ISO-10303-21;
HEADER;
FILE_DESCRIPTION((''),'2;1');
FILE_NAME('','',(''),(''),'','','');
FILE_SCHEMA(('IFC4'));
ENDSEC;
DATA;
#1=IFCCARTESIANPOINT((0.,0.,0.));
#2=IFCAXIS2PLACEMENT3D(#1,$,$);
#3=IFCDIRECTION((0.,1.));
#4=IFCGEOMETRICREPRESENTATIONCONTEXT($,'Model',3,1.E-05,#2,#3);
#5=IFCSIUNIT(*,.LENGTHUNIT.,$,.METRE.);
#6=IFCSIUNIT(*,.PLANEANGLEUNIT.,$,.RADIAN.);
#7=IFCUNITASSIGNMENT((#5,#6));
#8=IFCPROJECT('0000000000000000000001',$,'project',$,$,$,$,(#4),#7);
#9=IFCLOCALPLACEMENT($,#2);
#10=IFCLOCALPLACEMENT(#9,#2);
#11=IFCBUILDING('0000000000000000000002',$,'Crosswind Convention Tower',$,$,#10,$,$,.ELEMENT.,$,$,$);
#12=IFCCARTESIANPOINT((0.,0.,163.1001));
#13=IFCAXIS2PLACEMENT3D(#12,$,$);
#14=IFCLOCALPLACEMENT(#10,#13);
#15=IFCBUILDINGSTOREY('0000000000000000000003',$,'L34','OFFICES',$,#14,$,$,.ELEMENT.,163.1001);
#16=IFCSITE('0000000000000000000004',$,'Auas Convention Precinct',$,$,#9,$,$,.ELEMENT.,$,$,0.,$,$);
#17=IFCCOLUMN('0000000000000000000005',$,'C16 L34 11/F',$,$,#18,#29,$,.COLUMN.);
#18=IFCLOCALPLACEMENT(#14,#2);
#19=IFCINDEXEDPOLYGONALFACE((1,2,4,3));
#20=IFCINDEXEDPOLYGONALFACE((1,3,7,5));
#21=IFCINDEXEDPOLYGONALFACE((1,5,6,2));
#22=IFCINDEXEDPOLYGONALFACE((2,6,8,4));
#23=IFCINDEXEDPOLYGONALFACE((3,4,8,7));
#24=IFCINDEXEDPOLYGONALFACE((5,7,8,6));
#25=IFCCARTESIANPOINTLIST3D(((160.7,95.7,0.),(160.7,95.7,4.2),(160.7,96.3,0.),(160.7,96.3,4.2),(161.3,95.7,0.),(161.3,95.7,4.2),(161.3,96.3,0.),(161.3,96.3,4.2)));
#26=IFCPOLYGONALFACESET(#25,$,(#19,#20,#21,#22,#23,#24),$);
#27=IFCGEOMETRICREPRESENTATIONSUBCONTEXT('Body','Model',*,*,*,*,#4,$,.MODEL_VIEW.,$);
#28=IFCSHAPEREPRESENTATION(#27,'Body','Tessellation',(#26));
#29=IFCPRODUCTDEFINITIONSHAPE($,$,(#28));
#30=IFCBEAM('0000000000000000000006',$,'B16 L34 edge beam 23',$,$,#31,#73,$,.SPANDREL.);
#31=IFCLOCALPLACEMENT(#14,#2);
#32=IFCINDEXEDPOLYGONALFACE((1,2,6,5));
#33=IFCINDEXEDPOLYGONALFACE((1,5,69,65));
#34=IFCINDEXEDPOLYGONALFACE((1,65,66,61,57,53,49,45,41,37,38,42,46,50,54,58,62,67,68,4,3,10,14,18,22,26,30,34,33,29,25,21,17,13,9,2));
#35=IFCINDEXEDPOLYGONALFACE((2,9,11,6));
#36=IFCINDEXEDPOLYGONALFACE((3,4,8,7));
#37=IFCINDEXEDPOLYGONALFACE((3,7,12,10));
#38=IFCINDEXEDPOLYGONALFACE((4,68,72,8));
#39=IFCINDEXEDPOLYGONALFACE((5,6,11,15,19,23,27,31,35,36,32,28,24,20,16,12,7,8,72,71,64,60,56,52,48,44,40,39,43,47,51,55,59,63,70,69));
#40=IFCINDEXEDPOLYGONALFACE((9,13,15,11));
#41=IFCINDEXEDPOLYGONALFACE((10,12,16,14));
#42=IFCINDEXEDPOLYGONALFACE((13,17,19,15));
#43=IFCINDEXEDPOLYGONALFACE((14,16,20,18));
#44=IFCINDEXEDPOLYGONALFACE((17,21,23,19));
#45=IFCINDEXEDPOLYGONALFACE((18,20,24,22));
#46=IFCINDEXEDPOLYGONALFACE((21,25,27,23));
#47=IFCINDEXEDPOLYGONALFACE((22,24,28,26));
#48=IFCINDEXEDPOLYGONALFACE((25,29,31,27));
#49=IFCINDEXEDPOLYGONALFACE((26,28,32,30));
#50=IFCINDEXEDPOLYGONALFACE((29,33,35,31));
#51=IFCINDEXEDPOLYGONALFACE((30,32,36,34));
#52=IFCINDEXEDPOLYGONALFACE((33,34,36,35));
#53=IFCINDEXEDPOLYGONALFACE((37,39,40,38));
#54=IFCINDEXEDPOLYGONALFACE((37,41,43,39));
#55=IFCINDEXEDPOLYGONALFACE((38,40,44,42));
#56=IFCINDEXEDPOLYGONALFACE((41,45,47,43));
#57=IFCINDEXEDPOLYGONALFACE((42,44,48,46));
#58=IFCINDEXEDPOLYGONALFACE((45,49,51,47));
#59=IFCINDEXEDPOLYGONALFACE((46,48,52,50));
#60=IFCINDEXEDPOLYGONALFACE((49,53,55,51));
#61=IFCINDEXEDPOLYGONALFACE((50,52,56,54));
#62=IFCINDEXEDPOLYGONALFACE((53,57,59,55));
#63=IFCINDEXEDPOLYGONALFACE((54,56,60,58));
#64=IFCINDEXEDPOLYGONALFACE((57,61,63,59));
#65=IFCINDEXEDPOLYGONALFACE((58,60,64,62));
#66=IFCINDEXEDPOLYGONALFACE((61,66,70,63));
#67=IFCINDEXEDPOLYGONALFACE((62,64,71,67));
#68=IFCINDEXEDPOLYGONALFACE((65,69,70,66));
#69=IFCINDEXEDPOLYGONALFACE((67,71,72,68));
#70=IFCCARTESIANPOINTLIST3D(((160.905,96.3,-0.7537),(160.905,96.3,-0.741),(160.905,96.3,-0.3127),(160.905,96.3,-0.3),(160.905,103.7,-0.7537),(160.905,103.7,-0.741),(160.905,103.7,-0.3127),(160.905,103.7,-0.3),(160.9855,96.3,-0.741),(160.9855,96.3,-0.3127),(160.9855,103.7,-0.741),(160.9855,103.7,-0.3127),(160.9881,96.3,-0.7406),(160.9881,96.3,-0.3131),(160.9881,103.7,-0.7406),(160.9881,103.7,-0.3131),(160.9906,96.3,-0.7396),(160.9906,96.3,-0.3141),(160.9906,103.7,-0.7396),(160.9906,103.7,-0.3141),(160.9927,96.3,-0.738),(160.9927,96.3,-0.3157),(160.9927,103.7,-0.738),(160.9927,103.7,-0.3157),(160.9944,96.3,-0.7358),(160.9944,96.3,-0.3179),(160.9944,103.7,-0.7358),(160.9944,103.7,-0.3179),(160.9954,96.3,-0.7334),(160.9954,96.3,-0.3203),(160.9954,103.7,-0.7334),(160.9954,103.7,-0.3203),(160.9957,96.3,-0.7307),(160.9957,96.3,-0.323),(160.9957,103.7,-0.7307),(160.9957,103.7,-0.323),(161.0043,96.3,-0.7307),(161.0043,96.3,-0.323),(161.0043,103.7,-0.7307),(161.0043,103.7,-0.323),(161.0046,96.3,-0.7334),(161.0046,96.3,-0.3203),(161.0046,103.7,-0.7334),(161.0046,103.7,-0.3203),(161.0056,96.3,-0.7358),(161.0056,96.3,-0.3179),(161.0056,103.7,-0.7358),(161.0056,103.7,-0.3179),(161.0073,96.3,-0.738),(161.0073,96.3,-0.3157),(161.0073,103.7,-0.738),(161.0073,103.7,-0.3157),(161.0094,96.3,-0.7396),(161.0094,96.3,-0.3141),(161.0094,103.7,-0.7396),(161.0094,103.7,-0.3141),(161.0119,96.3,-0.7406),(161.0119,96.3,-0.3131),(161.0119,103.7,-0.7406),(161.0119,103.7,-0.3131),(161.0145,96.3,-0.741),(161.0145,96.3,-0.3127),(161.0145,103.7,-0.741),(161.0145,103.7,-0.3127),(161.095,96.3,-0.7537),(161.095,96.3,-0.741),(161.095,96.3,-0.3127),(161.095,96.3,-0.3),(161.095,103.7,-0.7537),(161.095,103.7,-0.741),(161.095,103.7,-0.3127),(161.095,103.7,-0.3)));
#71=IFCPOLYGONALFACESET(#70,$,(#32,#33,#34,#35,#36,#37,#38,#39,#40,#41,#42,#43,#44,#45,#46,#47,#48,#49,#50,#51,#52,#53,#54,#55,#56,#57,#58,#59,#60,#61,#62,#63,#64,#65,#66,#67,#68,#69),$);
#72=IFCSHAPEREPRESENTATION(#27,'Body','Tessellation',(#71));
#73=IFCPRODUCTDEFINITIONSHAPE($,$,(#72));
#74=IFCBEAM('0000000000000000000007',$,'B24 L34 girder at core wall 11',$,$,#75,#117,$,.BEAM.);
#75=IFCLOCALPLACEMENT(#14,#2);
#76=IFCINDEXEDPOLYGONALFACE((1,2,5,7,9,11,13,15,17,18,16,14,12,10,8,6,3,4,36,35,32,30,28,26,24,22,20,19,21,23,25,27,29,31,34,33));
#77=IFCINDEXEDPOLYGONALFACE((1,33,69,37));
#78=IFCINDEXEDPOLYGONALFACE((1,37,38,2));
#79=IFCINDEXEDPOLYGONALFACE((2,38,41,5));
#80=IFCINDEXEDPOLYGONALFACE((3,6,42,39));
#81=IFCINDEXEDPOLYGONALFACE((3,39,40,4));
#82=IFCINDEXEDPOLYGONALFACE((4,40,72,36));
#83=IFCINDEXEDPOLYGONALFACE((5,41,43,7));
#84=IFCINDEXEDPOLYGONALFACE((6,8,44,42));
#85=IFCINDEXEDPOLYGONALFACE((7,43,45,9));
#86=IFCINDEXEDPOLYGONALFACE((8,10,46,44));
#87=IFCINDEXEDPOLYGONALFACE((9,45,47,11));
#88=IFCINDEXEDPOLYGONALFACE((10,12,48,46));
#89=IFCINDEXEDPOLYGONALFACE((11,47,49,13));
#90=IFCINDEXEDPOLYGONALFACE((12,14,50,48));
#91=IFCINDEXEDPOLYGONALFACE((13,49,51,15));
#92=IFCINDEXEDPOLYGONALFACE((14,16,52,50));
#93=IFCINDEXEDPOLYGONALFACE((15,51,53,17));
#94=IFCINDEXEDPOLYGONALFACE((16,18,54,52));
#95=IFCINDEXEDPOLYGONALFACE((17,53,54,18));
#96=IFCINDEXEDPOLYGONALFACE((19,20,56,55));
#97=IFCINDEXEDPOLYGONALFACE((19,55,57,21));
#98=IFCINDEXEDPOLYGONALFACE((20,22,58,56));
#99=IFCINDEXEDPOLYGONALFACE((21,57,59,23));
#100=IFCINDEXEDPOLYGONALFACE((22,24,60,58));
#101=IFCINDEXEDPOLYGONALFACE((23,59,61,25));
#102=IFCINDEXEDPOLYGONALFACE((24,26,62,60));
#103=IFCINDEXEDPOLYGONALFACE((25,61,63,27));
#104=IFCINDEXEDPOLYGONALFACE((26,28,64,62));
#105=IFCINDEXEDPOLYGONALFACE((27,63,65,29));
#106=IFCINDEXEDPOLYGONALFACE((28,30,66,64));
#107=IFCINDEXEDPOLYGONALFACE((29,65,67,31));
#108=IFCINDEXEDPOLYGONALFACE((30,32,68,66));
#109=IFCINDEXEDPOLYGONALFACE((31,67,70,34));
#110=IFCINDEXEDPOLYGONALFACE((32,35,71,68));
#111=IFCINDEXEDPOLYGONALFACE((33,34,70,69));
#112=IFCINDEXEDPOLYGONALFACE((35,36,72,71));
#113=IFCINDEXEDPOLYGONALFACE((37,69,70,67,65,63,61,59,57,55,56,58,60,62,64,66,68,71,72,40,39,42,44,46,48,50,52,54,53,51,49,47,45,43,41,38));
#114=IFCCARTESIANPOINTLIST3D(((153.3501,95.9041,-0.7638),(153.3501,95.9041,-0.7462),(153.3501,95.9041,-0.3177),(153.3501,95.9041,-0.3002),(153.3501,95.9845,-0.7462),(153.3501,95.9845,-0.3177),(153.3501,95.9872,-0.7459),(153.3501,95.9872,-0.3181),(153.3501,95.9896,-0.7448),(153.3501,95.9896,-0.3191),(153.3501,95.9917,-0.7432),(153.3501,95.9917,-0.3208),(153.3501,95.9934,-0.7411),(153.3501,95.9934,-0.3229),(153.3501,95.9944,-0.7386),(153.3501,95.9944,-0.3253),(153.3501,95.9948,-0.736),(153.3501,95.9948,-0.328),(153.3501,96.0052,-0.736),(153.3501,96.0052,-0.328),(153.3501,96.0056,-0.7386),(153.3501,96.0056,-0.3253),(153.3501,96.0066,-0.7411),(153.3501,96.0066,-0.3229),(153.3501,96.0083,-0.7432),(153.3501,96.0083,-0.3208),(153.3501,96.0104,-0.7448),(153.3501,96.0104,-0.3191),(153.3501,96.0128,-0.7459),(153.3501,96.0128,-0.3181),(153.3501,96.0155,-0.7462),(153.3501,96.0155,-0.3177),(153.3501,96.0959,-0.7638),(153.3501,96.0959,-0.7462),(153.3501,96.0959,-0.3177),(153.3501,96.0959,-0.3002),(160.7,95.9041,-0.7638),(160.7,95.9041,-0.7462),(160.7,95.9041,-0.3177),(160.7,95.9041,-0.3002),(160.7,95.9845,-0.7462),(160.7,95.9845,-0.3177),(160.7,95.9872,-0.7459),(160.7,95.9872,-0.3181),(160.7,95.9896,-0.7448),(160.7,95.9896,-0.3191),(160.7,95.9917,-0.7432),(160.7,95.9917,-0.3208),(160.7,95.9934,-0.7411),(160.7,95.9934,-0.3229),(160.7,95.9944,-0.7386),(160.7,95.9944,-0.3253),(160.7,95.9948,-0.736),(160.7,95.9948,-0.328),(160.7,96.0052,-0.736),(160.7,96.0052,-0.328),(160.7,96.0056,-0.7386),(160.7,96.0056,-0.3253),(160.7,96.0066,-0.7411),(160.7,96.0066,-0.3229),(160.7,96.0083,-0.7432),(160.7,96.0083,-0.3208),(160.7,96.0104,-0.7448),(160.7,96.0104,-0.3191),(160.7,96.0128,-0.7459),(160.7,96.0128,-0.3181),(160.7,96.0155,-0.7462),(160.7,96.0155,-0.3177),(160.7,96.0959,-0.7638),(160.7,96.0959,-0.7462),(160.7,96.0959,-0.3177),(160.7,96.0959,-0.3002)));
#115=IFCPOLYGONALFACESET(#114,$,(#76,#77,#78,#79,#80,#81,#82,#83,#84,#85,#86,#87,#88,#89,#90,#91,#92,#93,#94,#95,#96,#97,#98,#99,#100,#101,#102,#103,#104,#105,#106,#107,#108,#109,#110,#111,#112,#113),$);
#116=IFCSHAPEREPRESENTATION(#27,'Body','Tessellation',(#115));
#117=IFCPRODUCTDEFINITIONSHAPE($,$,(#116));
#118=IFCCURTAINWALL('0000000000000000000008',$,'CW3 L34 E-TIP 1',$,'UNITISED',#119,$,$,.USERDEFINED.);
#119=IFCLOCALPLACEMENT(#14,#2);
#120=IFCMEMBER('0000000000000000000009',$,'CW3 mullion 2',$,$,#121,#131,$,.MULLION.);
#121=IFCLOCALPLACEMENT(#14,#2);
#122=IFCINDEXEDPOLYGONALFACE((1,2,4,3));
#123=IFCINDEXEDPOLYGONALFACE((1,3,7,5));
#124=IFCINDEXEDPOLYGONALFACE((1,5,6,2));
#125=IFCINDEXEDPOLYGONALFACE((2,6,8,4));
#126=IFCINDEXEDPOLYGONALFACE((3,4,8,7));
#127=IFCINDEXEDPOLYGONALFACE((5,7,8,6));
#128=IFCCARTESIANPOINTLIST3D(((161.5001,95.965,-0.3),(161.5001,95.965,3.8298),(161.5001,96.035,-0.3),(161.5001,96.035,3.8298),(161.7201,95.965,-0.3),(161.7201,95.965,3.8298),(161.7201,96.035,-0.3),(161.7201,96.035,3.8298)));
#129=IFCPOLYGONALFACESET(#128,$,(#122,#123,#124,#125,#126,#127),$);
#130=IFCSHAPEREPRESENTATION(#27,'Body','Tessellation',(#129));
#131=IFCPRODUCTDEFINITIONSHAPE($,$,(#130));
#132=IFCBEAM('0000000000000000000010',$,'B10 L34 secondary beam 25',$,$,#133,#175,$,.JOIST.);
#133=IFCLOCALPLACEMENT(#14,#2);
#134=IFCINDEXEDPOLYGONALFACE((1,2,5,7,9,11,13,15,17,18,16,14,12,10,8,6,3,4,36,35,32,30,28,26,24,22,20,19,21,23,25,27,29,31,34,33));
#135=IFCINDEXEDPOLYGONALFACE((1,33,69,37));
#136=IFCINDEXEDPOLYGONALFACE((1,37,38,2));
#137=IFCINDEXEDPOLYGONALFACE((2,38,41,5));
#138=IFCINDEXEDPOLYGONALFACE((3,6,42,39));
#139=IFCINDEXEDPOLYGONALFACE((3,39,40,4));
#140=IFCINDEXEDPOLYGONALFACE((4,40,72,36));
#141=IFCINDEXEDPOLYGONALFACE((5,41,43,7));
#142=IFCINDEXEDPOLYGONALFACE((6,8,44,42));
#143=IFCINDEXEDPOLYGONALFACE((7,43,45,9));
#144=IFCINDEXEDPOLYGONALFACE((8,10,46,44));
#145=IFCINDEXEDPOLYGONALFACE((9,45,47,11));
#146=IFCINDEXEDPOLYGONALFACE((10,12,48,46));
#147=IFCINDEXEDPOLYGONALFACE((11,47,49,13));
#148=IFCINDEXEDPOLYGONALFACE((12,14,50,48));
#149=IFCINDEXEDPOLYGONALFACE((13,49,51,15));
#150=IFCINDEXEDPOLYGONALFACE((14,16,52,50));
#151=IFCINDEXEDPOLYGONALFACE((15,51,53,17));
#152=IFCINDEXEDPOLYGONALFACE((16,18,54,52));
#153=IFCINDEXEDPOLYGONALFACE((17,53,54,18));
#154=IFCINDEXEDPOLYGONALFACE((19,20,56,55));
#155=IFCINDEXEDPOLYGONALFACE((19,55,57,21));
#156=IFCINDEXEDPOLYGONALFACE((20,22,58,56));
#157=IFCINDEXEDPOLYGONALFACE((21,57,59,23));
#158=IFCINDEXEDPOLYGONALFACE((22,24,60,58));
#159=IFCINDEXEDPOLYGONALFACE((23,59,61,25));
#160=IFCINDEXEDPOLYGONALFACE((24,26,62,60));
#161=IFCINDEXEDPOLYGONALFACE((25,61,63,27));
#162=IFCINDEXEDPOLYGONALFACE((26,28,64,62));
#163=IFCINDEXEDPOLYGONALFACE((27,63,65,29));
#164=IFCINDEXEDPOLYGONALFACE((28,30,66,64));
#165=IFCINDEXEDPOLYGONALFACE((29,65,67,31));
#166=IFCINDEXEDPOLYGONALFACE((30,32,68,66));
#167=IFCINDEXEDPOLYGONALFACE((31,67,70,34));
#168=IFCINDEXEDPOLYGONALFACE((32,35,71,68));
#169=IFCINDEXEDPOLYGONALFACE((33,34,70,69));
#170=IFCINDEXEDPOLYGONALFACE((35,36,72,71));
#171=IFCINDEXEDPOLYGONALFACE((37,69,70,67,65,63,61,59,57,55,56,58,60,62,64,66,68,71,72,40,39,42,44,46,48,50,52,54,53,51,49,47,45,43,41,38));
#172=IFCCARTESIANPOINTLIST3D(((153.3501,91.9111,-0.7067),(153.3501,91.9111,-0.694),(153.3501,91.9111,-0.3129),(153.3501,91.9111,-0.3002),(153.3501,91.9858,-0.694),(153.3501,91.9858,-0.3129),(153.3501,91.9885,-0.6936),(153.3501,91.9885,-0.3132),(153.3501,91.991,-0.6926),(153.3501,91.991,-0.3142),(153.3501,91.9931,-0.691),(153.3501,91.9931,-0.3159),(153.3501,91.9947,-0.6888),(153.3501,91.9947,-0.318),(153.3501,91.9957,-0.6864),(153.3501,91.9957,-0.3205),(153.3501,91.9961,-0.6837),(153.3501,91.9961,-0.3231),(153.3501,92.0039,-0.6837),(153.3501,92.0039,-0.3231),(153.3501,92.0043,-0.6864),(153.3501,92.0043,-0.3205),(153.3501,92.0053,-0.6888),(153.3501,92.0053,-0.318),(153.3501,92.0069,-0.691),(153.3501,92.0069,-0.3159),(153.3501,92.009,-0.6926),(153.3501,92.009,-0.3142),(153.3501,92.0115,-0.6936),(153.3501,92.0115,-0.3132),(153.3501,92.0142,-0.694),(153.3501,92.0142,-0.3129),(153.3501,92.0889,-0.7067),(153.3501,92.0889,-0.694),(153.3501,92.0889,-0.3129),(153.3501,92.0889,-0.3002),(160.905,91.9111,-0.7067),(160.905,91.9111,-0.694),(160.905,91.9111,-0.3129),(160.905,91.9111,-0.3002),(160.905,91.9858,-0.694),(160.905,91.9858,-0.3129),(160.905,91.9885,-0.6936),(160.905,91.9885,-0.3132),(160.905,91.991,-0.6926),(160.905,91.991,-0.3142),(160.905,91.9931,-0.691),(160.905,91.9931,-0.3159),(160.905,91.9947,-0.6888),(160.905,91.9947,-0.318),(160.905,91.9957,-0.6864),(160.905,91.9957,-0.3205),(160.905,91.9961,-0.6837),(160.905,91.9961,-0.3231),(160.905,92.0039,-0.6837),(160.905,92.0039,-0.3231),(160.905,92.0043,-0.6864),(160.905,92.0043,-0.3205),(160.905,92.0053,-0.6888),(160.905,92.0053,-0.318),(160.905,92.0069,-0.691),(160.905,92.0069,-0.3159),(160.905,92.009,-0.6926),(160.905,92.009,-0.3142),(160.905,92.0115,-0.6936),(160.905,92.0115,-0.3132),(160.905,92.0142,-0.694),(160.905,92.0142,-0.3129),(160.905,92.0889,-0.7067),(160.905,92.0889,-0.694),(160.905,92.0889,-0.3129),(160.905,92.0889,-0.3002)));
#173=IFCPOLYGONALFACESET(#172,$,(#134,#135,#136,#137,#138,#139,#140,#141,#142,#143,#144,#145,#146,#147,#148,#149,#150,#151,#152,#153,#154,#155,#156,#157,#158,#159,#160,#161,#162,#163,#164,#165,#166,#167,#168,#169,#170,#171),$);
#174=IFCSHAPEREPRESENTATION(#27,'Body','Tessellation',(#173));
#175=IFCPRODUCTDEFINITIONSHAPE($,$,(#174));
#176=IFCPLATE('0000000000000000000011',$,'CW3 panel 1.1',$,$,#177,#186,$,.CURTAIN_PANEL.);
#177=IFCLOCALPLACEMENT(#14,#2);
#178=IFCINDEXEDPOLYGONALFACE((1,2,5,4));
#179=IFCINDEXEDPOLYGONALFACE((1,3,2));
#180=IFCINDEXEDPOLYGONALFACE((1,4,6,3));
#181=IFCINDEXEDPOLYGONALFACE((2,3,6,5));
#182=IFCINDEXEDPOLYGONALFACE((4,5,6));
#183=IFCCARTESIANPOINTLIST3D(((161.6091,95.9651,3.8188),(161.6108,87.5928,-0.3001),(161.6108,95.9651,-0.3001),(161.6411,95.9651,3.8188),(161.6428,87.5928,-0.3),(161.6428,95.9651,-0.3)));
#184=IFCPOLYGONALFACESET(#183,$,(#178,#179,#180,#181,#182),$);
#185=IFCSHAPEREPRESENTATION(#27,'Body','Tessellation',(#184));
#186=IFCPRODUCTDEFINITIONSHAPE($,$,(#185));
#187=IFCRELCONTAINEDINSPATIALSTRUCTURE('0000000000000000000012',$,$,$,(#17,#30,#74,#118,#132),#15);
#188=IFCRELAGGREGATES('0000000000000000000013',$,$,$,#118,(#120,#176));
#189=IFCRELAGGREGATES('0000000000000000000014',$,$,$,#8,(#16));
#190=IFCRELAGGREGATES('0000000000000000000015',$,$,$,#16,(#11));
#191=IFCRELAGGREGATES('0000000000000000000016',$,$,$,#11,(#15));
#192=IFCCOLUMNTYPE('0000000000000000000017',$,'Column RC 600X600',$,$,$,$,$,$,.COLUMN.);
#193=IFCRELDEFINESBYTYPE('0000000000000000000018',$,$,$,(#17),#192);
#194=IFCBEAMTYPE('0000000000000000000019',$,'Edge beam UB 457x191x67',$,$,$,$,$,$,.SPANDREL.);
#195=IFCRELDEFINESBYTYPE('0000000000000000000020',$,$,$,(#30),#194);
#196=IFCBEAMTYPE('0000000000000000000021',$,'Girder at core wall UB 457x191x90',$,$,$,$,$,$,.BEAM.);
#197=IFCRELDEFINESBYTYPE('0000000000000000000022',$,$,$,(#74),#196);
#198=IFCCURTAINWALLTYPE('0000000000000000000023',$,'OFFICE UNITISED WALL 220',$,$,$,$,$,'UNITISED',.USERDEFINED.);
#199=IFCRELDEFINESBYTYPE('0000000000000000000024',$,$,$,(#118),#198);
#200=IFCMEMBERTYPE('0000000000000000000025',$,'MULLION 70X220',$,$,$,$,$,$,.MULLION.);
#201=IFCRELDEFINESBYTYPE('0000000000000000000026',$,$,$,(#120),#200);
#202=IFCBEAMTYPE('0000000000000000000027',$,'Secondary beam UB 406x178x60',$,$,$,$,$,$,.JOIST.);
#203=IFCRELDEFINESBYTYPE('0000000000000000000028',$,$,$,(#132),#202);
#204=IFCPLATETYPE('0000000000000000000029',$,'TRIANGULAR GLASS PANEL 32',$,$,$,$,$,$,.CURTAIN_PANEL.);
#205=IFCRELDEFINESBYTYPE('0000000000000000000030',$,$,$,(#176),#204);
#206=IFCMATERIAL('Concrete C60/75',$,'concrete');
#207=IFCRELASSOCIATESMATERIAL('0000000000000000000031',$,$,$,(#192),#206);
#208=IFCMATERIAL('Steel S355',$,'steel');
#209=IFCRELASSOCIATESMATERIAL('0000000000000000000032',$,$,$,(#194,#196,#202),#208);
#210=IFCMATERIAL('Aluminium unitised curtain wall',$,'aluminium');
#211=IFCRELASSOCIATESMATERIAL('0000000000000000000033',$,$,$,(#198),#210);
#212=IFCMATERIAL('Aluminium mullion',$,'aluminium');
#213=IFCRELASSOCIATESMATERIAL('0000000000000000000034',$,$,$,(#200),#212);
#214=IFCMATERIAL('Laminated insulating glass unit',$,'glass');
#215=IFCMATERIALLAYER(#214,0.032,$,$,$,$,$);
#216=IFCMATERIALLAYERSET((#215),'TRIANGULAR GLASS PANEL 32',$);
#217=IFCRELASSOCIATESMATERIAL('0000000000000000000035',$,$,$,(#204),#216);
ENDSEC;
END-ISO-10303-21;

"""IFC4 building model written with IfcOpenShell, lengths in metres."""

from ifc_helpers import new_model, si_unit, direction, frame, origin, origin_2d, place, context, subcontext, project, spatial, polyline, rectangle, i_section, outline, extrude, material, layer, layer_set, material_profile, profile_set, type_object, element, aggregate, save


model = new_model("IFC4")

# Units and contexts
model_context = context("Model", 3, precision=1e-05, world=origin(), true_north=direction((0.0, 1.0)))
body_context = subcontext(model_context, "Body", "Model", "MODEL_VIEW")
ifc_project = project(units=[si_unit("LENGTHUNIT", "METRE"), si_unit("PLANEANGLEUNIT", "RADIAN")], contexts=[model_context])

# Site, building, storey
site_placement = place(None, origin())
site = spatial("IfcSite", under=ifc_project, at=site_placement, Name="Auas Convention Precinct", CompositionType="ELEMENT", RefElevation=0.0)
building_placement = place(site_placement, origin())
building = spatial("IfcBuilding", under=site, at=building_placement, Name="Crosswind Convention Tower", CompositionType="ELEMENT")
storey_placement = place(building_placement, frame((0.0, 0.0, 163.1001)))
storey = spatial("IfcBuildingStorey", under=building, at=storey_placement, Name="L34", Description="OFFICES", CompositionType="ELEMENT", Elevation=163.1001)

# Column
ifc_material_1 = material(Name="Concrete C60/75", Category="concrete")
ifc_material_profile_1 = material_profile(ifc_material_1, rectangle(XDim=0.6001, YDim=0.6001, at=origin_2d()), Name="RC 600X600")
ifc_profile_set_1 = profile_set([ifc_material_profile_1], Name="Concrete C60/75")
column_type = type_object("IfcColumnType", Name="Column RC 600X600", PredefinedType="COLUMN", material=ifc_profile_set_1)
column_placement = place(storey_placement, frame((161.0, 96.0, 0.0), z_axis=(0.0, 0.0, 1.0), x_axis=(1.0, 0.0, 0.0)))
element("IfcColumn", 1, at=column_placement, inside=storey, type_object=column_type, Name="C16 L34 11/F", PredefinedType="COLUMN", context=body_context, shape_type="SweptSolid", body=[
    extrude(rectangle(XDim=0.6001, YDim=0.6001, at=origin_2d()), origin(), (0.0, 0.0, 1.0), 4.2),
])

# Beams
ifc_material_2 = material(Name="Steel S355", Category="steel")
ifc_material_profile_2 = material_profile(ifc_material_2, i_section(OverallWidth=0.1899, OverallDepth=0.4536, WebThickness=0.0085, FlangeThickness=0.0127, FilletRadius=0.0103, at=origin_2d()), Name="UB 457x191x67")
ifc_profile_set_2 = profile_set([ifc_material_profile_2], Name="Steel S355")
beam_type_1 = type_object("IfcBeamType", Name="Edge beam UB 457x191x67", PredefinedType="SPANDREL", material=ifc_profile_set_2)
beam_1_placement = place(storey_placement, frame((161.0, 96.3, -0.5269), z_axis=(0.0, 1.0, 0.0), x_axis=(-1.0, 0.0, 0.0)))
element("IfcBeam", 2, at=beam_1_placement, inside=storey, type_object=beam_type_1, Name="B16 L34 edge beam 23", PredefinedType="SPANDREL", context=body_context, shape_type="SweptSolid", body=[
    extrude(i_section(OverallWidth=0.1899, OverallDepth=0.4536, WebThickness=0.0085, FlangeThickness=0.0127, FilletRadius=0.0103, at=origin_2d()), origin(), (0.0, 0.0, 1.0), 7.3999),
])
ifc_material_profile_3 = material_profile(ifc_material_2, i_section(OverallWidth=0.1919, OverallDepth=0.4636, WebThickness=0.0105, FlangeThickness=0.0176, FilletRadius=0.0103, at=origin_2d()), Name="UB 457x191x90")
ifc_profile_set_3 = profile_set([ifc_material_profile_3], Name="Steel S355")
beam_type_2 = type_object("IfcBeamType", Name="Girder at core wall UB 457x191x90", PredefinedType="BEAM", material=ifc_profile_set_3)
beam_2_placement = place(storey_placement, frame((153.3501, 96.0, -0.532), z_axis=(1.0, 0.0, 0.0), x_axis=(0.0, 1.0, 0.0)))
element("IfcBeam", 3, at=beam_2_placement, inside=storey, type_object=beam_type_2, Name="B24 L34 girder at core wall 11", PredefinedType="BEAM", context=body_context, shape_type="SweptSolid", body=[
    extrude(i_section(OverallWidth=0.1919, OverallDepth=0.4636, WebThickness=0.0105, FlangeThickness=0.0176, FilletRadius=0.0103, at=origin_2d()), origin(), (0.0, 0.0, 1.0), 7.3499),
])

# Curtain wall, member
ifc_material_3 = material(Name="Aluminium unitised curtain wall", Category="aluminium")
curtain_wall_type = type_object("IfcCurtainWallType", Name="OFFICE UNITISED WALL 220", ElementType="UNITISED", PredefinedType="USERDEFINED", material=ifc_material_3)
curtain_wall_placement = place(storey_placement, origin())
curtain_wall = element("IfcCurtainWall", 4, at=curtain_wall_placement, inside=storey, type_object=curtain_wall_type, Name="CW3 L34 E-TIP 1", ObjectType="UNITISED", PredefinedType="USERDEFINED")
ifc_material_4 = material(Name="Aluminium mullion", Category="aluminium")
ifc_material_profile_4 = material_profile(ifc_material_4, rectangle(XDim=0.22, YDim=0.0701, at=origin_2d()), Name="AL 220X70")
ifc_profile_set_4 = profile_set([ifc_material_profile_4], Name="Aluminium mullion")
member_type = type_object("IfcMemberType", Name="MULLION 70X220", PredefinedType="MULLION", material=ifc_profile_set_4)
member_placement = place(storey_placement, frame((161.6101, 96.0, -0.3), z_axis=(0.0, 0.0, 1.0), x_axis=(1.0, 0.0, 0.0)))
member = element("IfcMember", 5, at=member_placement, type_object=member_type, Name="CW3 mullion 2", PredefinedType="MULLION", context=body_context, shape_type="SweptSolid", body=[
    extrude(rectangle(XDim=0.22, YDim=0.0701, at=origin_2d()), origin(), (0.0, 0.0, 1.0), 4.1299),
])

# Beam
ifc_material_profile_5 = material_profile(ifc_material_2, i_section(OverallWidth=0.1777, OverallDepth=0.4065, WebThickness=0.0078, FlangeThickness=0.0127, FilletRadius=0.0103, at=origin_2d()), Name="UB 406x178x60")
ifc_profile_set_5 = profile_set([ifc_material_profile_5], Name="Steel S355")
beam_type_3 = type_object("IfcBeamType", Name="Secondary beam UB 406x178x60", PredefinedType="JOIST", material=ifc_profile_set_5)
beam_3_placement = place(storey_placement, frame((153.3501, 92.0, -0.5034), z_axis=(1.0, 0.0, 0.0), x_axis=(0.0, 1.0, 0.0)))
element("IfcBeam", 6, at=beam_3_placement, inside=storey, type_object=beam_type_3, Name="B10 L34 secondary beam 25", PredefinedType="JOIST", context=body_context, shape_type="SweptSolid", body=[
    extrude(i_section(OverallWidth=0.1777, OverallDepth=0.4065, WebThickness=0.0078, FlangeThickness=0.0127, FilletRadius=0.0103, at=origin_2d()), origin(), (0.0, 0.0, 1.0), 7.5549),
])

# Plate
ifc_material_5 = material(Name="Laminated insulating glass unit", Category="glass")
ifc_layer_1 = layer(ifc_material_5, 0.032)
ifc_layer_set_1 = layer_set([ifc_layer_1], Name="TRIANGULAR GLASS PANEL 32")
plate_type = type_object("IfcPlateType", Name="TRIANGULAR GLASS PANEL 32", PredefinedType="CURTAIN_PANEL", material=ifc_layer_set_1)
plate_1_placement = place(storey_placement, frame((161.6428, 95.9651, -0.3), z_axis=(1.0, 0.0, 0.000415), x_axis=(-0.000415, 0.0, 1.0)))
plate_1 = element("IfcPlate", 7, at=plate_1_placement, type_object=plate_type, Name="CW3 panel 1.1", PredefinedType="CURTAIN_PANEL", context=body_context, shape_type="SweptSolid", body=[
    extrude(outline(polyline([(0.0, 0.0), (4.1189, 0.0), (0.0, 8.3723), (0.0, 0.0)])), origin(), (0.0, 0.0, -1.0), 0.032),
])
aggregate(curtain_wall, [member, plate_1])

save(model, "model.ifc")
